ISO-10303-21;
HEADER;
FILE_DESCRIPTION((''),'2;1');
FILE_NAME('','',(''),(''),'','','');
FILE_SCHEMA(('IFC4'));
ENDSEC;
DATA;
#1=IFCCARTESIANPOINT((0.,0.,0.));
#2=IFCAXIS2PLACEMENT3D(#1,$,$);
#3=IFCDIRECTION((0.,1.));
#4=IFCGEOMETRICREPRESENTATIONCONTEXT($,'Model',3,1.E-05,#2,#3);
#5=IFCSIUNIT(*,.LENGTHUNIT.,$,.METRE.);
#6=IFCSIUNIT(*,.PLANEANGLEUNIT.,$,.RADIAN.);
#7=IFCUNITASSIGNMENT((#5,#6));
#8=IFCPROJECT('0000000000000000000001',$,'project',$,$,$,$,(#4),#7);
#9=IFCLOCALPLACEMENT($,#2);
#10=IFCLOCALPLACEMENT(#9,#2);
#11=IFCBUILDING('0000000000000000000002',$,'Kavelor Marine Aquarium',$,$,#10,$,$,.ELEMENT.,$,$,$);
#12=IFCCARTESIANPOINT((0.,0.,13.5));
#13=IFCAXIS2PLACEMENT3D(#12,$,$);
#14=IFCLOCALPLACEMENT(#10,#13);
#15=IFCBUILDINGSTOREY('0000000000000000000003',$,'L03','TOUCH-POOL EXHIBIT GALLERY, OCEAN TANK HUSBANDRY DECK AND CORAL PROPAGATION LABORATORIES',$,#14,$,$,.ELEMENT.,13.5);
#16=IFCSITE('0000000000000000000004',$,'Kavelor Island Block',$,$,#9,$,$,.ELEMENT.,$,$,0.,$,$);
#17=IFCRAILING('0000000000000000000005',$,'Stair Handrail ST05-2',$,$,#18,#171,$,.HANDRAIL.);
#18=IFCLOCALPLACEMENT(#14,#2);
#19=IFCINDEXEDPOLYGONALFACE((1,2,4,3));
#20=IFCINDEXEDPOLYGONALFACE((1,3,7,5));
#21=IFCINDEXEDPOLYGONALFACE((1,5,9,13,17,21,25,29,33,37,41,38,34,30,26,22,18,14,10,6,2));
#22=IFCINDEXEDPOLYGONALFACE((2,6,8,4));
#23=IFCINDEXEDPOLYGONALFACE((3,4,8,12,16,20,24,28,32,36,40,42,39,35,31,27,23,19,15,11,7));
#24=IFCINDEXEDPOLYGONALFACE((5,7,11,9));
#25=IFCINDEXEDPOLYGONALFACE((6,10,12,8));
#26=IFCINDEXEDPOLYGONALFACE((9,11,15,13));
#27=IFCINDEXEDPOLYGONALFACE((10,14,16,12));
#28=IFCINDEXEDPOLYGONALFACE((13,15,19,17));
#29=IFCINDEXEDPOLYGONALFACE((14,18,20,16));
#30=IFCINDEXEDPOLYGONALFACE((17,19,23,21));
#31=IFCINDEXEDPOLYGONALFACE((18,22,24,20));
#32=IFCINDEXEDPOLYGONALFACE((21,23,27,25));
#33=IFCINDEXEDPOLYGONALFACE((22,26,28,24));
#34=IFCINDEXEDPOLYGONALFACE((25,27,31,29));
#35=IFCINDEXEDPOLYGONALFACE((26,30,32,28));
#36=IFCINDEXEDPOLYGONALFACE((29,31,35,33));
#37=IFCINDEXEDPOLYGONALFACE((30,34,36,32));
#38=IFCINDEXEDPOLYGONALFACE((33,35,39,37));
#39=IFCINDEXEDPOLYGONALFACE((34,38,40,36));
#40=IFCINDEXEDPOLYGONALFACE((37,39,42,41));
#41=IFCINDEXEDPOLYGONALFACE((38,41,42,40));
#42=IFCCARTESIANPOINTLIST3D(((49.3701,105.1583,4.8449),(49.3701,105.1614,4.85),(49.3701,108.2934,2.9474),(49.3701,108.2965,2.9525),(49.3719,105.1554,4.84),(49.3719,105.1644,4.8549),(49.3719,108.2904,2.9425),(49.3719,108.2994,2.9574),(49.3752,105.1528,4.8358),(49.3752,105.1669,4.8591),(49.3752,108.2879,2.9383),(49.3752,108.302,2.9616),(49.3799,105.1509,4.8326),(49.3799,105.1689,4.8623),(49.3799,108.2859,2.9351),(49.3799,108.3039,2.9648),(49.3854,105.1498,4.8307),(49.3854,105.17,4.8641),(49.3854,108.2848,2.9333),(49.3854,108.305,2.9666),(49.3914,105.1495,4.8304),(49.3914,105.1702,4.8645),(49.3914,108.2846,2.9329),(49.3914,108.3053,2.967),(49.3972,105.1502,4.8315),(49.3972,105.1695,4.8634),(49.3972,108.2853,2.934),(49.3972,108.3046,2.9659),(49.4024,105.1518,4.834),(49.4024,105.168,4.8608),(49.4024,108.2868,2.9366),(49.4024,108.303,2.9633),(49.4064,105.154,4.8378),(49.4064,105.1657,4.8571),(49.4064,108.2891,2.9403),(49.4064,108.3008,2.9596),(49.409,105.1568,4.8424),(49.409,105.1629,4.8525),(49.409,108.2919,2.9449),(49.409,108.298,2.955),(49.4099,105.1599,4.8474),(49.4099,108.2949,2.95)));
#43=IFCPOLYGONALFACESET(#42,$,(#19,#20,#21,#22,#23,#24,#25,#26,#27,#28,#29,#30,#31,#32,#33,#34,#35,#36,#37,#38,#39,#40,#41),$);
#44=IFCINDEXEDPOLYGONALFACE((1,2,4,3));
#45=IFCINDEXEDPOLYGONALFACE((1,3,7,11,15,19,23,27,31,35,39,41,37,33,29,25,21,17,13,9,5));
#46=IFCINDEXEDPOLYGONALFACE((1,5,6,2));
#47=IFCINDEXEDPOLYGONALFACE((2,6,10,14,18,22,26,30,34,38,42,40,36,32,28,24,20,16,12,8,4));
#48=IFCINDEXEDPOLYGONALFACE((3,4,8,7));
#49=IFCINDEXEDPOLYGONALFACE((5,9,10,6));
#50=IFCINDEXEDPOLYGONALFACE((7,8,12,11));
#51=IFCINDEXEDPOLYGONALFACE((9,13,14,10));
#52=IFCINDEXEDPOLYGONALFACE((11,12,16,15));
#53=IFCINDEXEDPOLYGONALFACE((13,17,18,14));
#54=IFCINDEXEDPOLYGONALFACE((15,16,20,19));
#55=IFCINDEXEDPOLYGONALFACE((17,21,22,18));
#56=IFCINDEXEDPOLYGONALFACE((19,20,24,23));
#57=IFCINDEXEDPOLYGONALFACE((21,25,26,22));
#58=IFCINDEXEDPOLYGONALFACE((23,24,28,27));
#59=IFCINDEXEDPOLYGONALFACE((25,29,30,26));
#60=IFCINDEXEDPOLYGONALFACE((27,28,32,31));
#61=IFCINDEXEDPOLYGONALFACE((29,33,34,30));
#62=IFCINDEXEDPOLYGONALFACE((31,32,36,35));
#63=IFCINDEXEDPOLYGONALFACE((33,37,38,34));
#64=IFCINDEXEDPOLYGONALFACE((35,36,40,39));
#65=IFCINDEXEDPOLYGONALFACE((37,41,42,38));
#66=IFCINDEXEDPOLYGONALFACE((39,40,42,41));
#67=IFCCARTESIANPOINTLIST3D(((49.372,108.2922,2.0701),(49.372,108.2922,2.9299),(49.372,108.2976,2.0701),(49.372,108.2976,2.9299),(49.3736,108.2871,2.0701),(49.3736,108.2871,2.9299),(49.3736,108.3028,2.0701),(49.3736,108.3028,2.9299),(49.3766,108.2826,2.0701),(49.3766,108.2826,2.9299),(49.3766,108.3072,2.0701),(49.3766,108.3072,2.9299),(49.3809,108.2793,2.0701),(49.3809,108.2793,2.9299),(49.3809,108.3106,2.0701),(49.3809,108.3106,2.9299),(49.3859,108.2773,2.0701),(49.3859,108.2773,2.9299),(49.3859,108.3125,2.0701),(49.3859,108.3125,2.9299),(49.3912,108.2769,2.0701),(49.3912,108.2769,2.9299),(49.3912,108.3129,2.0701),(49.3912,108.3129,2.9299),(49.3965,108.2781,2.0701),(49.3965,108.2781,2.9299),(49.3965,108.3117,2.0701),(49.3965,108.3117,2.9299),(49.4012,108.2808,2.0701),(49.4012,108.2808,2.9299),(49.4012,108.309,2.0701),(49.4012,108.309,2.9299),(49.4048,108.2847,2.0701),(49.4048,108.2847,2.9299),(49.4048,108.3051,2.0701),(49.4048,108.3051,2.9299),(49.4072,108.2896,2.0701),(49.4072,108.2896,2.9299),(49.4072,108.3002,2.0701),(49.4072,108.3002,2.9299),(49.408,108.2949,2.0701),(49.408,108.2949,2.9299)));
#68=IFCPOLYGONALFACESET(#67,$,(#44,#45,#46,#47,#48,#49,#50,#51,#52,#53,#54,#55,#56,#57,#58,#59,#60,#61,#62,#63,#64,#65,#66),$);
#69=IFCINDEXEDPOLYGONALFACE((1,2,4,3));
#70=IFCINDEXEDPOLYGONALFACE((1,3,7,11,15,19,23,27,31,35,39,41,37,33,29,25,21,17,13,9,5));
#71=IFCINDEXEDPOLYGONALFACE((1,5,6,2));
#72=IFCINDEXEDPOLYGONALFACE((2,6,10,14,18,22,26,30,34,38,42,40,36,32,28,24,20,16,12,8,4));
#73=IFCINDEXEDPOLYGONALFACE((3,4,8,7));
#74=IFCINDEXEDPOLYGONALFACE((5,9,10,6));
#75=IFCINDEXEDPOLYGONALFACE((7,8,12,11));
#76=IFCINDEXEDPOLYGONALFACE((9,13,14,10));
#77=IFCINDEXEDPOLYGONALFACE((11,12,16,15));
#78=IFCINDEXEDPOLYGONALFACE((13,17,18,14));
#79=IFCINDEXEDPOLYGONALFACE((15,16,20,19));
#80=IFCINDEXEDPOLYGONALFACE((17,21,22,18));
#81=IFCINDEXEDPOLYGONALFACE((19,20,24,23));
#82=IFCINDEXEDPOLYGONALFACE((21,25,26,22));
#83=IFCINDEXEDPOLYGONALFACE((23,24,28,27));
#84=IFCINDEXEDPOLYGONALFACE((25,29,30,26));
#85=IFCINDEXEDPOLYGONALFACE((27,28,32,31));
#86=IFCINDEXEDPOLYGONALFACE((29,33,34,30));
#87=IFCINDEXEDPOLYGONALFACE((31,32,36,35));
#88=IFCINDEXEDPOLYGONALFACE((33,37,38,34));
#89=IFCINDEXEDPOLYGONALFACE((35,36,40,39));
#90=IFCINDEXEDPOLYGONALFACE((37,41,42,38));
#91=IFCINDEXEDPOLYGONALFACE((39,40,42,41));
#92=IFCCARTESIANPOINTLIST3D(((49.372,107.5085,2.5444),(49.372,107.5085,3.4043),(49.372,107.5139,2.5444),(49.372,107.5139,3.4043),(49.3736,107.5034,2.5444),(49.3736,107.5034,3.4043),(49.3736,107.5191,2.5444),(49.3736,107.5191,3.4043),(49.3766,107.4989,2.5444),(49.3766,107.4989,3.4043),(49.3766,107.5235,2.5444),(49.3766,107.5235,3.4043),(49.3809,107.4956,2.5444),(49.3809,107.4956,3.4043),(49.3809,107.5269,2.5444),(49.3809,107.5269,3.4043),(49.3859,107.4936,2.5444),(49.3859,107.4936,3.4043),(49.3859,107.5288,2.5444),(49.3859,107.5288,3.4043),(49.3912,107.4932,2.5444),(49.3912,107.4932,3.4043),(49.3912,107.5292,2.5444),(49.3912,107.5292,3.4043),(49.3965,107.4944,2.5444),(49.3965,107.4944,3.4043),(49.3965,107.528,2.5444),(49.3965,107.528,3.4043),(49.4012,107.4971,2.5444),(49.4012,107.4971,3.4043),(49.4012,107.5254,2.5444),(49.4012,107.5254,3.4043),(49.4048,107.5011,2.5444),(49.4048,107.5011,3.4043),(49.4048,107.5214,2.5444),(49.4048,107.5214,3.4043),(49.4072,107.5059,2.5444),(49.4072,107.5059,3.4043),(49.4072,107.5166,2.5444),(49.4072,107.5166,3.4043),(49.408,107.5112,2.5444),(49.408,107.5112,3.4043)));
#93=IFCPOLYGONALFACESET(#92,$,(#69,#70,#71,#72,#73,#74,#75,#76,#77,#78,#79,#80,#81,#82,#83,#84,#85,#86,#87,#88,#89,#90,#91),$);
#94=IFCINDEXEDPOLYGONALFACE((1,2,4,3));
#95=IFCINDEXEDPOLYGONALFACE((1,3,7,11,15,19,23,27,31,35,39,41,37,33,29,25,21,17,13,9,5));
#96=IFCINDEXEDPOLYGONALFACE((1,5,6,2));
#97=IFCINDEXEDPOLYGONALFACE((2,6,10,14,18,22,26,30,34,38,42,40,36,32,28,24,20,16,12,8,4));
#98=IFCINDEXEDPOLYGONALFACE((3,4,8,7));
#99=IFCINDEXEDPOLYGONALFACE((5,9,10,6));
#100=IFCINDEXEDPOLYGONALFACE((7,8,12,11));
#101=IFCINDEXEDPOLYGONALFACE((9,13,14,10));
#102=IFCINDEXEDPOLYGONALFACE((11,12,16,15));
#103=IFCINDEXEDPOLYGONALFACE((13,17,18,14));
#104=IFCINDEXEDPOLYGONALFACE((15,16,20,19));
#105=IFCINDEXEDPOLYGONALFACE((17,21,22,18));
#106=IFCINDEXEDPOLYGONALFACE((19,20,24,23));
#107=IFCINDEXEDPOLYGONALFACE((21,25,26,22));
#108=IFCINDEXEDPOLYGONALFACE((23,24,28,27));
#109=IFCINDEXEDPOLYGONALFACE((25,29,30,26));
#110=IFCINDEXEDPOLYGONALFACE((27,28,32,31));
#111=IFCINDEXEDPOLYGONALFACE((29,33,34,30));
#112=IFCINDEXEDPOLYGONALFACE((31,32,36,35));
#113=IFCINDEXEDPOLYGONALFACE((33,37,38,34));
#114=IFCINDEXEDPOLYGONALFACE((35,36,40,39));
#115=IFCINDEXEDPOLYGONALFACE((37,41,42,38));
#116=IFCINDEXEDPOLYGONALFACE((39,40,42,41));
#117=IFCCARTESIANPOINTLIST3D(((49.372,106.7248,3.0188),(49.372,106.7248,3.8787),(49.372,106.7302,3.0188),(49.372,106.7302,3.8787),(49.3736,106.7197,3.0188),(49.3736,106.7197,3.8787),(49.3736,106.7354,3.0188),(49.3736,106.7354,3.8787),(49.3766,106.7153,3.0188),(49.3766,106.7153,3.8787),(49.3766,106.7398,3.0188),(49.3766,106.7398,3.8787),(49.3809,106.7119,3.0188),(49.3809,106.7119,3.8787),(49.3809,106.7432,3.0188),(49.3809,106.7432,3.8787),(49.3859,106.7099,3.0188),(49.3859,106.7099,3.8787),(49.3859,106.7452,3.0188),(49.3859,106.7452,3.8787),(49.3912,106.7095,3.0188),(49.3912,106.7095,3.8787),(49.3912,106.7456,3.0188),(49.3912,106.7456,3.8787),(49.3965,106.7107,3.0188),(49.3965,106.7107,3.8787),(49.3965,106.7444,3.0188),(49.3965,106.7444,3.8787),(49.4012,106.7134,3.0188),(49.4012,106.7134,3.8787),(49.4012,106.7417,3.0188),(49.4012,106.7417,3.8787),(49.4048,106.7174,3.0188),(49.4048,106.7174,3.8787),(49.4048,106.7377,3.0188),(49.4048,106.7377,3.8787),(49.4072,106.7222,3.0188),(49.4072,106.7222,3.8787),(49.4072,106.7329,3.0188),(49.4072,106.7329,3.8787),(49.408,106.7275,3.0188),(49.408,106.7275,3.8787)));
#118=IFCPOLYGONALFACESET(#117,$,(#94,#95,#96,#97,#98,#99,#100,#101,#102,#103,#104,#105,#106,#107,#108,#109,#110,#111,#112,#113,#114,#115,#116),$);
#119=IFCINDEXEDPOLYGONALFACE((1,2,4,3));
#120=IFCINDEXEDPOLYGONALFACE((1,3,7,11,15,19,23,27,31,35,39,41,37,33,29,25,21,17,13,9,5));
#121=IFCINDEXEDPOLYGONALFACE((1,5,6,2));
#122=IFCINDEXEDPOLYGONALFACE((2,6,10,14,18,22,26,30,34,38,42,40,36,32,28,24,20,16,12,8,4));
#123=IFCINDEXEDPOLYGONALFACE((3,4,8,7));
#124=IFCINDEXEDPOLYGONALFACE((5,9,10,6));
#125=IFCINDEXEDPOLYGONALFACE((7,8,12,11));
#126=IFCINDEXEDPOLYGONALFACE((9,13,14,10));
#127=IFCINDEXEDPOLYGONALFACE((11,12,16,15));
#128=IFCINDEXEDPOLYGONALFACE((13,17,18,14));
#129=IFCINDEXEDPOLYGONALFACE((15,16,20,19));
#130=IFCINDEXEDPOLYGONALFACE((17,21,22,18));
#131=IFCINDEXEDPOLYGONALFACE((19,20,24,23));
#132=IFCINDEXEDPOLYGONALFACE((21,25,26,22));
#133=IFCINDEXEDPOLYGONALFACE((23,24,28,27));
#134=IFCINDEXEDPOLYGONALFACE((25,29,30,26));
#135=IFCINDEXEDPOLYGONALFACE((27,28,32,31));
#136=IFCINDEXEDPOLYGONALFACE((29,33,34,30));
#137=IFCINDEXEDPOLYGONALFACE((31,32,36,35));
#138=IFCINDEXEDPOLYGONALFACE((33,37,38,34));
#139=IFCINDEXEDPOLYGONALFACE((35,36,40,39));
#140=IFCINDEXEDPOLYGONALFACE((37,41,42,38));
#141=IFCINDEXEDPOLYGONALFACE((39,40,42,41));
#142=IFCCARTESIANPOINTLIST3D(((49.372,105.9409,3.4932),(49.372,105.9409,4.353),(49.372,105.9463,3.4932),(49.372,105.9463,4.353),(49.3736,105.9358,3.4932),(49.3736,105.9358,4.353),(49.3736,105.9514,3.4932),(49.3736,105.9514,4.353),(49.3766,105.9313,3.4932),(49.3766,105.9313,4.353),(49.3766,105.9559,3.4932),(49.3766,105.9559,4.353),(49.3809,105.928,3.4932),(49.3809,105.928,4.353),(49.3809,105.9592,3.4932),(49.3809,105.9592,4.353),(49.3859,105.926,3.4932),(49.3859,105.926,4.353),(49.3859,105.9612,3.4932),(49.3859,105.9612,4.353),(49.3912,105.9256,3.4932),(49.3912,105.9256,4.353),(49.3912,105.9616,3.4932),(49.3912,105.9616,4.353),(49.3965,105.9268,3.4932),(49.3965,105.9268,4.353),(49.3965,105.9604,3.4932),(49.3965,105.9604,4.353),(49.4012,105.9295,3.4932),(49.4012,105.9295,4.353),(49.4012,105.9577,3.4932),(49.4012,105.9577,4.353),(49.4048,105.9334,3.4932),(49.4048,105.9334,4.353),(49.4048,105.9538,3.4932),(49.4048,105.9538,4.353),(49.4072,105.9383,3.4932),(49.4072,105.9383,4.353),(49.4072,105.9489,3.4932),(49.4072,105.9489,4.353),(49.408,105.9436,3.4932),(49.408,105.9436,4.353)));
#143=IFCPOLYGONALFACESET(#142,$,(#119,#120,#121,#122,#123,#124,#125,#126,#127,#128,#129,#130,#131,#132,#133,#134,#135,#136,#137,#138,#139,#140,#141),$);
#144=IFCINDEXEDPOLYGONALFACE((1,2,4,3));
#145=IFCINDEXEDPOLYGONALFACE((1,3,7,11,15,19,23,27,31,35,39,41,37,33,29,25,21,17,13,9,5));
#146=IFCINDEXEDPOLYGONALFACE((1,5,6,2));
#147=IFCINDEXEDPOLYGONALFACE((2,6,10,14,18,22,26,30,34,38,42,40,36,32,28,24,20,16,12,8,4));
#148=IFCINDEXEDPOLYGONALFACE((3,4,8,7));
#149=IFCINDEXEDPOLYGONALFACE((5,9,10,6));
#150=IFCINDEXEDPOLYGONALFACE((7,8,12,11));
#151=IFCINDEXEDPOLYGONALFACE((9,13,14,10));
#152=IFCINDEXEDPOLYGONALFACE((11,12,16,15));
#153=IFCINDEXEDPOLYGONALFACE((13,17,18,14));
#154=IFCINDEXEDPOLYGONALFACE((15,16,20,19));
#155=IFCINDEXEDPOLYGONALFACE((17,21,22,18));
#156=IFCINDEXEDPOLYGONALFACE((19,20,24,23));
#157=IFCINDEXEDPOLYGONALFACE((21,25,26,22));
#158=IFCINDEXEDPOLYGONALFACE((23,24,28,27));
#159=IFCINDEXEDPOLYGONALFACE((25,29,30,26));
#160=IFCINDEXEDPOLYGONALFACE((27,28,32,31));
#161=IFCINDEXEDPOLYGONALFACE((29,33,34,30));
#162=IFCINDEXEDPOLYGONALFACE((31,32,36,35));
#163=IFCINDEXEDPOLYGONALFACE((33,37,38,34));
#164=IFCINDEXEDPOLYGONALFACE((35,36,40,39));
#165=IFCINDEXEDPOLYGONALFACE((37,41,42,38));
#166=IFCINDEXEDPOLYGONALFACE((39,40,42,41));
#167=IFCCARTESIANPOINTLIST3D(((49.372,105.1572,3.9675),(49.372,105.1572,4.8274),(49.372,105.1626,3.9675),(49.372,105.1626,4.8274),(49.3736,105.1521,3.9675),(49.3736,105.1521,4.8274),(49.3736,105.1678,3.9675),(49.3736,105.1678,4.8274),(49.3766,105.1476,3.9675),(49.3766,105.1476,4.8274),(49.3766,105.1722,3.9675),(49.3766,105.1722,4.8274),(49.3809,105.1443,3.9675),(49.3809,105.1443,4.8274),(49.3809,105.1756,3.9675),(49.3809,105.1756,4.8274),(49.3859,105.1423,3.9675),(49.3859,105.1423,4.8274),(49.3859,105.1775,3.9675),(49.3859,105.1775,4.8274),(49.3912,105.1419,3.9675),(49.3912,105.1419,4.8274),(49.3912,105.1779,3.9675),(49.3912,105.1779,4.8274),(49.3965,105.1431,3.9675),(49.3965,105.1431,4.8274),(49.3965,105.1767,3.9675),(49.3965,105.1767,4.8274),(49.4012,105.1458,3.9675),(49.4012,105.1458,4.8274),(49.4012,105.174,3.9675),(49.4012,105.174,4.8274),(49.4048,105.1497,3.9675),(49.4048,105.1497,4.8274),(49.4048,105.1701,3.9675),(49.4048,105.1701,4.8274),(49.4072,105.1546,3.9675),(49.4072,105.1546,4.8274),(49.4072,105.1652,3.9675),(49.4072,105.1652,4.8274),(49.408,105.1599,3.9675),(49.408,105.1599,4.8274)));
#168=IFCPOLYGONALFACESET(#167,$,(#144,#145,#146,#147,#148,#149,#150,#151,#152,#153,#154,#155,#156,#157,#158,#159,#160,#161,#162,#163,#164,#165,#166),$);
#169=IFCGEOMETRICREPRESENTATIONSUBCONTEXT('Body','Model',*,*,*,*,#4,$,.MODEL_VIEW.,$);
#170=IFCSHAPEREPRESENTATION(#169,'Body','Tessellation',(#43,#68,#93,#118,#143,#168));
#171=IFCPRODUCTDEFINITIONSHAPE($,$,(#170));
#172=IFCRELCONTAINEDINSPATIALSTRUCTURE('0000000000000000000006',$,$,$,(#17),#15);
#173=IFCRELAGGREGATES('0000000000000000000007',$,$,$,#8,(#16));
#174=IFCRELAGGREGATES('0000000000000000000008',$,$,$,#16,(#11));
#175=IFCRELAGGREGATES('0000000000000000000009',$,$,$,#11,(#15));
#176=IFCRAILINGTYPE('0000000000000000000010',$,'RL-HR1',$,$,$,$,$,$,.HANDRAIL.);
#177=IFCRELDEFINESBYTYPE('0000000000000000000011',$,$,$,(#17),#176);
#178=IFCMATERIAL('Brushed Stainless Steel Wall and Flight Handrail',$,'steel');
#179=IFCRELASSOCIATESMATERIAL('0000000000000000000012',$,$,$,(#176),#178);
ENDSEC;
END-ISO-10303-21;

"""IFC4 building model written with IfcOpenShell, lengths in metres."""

from ifc_helpers import new_model, si_unit, direction, frame, origin, origin_2d, place, context, subcontext, project, spatial, circle, extrude, material, type_object, element, save


model = new_model("IFC4")

# Units and contexts
model_context = context("Model", 3, precision=1e-05, world=origin(), true_north=direction((0.0, 1.0)))
body_context = subcontext(model_context, "Body", "Model", "MODEL_VIEW")
ifc_project = project(units=[si_unit("LENGTHUNIT", "METRE"), si_unit("PLANEANGLEUNIT", "RADIAN")], contexts=[model_context])

# Site, building, storey
site_placement = place(None, origin())
site = spatial("IfcSite", under=ifc_project, at=site_placement, Name="Kavelor Island Block", CompositionType="ELEMENT", RefElevation=0.0)
building_placement = place(site_placement, origin())
building = spatial("IfcBuilding", under=site, at=building_placement, Name="Kavelor Marine Aquarium", CompositionType="ELEMENT")
storey_placement = place(building_placement, frame((0.0, 0.0, 13.5)))
storey = spatial("IfcBuildingStorey", under=building, at=storey_placement, Name="L03", Description="TOUCH-POOL EXHIBIT GALLERY, OCEAN TANK HUSBANDRY DECK AND CORAL PROPAGATION LABORATORIES", CompositionType="ELEMENT", Elevation=13.5)

# Railing
ifc_material_1 = material(Name="Brushed Stainless Steel Wall and Flight Handrail", Category="steel")
railing_type_1 = type_object("IfcRailingType", Name="RL-HR1", PredefinedType="HANDRAIL", material=ifc_material_1)
railing_1_placement = place(storey_placement, frame((49.3899, 108.2949, 2.0701)))
element("IfcRailing", 1, at=railing_1_placement, inside=storey, type_object=railing_type_1, Name="Stair Handrail ST05-2", PredefinedType="HANDRAIL", context=body_context, shape_type="SweptSolid", body=[
    extrude(circle(Radius=0.02, at=origin_2d()), frame((0.0, 0.0, 0.8799), z_axis=(0.0, -0.855506, 0.517794), x_axis=(1.0, 0.0, 0.0)), (0.0, 0.0, 1.0), 3.6646),
    extrude(circle(Radius=0.0181, at=origin_2d()), origin(), (0.0, 0.0, 1.0), 0.8599),
    extrude(circle(Radius=0.0181, at=origin_2d()), frame((0.0, -0.7837, 0.4744)), (0.0, 0.0, 1.0), 0.8599),
    extrude(circle(Radius=0.0181, at=origin_2d()), frame((0.0, -1.5674, 0.9487)), (0.0, 0.0, 1.0), 0.8599),
    extrude(circle(Radius=0.0181, at=origin_2d()), frame((0.0, -2.3513, 1.4231)), (0.0, 0.0, 1.0), 0.8599),
    extrude(circle(Radius=0.0181, at=origin_2d()), frame((0.0, -3.135, 1.8975)), (0.0, 0.0, 1.0), 0.8599),
])

save(model, "model.ifc")
